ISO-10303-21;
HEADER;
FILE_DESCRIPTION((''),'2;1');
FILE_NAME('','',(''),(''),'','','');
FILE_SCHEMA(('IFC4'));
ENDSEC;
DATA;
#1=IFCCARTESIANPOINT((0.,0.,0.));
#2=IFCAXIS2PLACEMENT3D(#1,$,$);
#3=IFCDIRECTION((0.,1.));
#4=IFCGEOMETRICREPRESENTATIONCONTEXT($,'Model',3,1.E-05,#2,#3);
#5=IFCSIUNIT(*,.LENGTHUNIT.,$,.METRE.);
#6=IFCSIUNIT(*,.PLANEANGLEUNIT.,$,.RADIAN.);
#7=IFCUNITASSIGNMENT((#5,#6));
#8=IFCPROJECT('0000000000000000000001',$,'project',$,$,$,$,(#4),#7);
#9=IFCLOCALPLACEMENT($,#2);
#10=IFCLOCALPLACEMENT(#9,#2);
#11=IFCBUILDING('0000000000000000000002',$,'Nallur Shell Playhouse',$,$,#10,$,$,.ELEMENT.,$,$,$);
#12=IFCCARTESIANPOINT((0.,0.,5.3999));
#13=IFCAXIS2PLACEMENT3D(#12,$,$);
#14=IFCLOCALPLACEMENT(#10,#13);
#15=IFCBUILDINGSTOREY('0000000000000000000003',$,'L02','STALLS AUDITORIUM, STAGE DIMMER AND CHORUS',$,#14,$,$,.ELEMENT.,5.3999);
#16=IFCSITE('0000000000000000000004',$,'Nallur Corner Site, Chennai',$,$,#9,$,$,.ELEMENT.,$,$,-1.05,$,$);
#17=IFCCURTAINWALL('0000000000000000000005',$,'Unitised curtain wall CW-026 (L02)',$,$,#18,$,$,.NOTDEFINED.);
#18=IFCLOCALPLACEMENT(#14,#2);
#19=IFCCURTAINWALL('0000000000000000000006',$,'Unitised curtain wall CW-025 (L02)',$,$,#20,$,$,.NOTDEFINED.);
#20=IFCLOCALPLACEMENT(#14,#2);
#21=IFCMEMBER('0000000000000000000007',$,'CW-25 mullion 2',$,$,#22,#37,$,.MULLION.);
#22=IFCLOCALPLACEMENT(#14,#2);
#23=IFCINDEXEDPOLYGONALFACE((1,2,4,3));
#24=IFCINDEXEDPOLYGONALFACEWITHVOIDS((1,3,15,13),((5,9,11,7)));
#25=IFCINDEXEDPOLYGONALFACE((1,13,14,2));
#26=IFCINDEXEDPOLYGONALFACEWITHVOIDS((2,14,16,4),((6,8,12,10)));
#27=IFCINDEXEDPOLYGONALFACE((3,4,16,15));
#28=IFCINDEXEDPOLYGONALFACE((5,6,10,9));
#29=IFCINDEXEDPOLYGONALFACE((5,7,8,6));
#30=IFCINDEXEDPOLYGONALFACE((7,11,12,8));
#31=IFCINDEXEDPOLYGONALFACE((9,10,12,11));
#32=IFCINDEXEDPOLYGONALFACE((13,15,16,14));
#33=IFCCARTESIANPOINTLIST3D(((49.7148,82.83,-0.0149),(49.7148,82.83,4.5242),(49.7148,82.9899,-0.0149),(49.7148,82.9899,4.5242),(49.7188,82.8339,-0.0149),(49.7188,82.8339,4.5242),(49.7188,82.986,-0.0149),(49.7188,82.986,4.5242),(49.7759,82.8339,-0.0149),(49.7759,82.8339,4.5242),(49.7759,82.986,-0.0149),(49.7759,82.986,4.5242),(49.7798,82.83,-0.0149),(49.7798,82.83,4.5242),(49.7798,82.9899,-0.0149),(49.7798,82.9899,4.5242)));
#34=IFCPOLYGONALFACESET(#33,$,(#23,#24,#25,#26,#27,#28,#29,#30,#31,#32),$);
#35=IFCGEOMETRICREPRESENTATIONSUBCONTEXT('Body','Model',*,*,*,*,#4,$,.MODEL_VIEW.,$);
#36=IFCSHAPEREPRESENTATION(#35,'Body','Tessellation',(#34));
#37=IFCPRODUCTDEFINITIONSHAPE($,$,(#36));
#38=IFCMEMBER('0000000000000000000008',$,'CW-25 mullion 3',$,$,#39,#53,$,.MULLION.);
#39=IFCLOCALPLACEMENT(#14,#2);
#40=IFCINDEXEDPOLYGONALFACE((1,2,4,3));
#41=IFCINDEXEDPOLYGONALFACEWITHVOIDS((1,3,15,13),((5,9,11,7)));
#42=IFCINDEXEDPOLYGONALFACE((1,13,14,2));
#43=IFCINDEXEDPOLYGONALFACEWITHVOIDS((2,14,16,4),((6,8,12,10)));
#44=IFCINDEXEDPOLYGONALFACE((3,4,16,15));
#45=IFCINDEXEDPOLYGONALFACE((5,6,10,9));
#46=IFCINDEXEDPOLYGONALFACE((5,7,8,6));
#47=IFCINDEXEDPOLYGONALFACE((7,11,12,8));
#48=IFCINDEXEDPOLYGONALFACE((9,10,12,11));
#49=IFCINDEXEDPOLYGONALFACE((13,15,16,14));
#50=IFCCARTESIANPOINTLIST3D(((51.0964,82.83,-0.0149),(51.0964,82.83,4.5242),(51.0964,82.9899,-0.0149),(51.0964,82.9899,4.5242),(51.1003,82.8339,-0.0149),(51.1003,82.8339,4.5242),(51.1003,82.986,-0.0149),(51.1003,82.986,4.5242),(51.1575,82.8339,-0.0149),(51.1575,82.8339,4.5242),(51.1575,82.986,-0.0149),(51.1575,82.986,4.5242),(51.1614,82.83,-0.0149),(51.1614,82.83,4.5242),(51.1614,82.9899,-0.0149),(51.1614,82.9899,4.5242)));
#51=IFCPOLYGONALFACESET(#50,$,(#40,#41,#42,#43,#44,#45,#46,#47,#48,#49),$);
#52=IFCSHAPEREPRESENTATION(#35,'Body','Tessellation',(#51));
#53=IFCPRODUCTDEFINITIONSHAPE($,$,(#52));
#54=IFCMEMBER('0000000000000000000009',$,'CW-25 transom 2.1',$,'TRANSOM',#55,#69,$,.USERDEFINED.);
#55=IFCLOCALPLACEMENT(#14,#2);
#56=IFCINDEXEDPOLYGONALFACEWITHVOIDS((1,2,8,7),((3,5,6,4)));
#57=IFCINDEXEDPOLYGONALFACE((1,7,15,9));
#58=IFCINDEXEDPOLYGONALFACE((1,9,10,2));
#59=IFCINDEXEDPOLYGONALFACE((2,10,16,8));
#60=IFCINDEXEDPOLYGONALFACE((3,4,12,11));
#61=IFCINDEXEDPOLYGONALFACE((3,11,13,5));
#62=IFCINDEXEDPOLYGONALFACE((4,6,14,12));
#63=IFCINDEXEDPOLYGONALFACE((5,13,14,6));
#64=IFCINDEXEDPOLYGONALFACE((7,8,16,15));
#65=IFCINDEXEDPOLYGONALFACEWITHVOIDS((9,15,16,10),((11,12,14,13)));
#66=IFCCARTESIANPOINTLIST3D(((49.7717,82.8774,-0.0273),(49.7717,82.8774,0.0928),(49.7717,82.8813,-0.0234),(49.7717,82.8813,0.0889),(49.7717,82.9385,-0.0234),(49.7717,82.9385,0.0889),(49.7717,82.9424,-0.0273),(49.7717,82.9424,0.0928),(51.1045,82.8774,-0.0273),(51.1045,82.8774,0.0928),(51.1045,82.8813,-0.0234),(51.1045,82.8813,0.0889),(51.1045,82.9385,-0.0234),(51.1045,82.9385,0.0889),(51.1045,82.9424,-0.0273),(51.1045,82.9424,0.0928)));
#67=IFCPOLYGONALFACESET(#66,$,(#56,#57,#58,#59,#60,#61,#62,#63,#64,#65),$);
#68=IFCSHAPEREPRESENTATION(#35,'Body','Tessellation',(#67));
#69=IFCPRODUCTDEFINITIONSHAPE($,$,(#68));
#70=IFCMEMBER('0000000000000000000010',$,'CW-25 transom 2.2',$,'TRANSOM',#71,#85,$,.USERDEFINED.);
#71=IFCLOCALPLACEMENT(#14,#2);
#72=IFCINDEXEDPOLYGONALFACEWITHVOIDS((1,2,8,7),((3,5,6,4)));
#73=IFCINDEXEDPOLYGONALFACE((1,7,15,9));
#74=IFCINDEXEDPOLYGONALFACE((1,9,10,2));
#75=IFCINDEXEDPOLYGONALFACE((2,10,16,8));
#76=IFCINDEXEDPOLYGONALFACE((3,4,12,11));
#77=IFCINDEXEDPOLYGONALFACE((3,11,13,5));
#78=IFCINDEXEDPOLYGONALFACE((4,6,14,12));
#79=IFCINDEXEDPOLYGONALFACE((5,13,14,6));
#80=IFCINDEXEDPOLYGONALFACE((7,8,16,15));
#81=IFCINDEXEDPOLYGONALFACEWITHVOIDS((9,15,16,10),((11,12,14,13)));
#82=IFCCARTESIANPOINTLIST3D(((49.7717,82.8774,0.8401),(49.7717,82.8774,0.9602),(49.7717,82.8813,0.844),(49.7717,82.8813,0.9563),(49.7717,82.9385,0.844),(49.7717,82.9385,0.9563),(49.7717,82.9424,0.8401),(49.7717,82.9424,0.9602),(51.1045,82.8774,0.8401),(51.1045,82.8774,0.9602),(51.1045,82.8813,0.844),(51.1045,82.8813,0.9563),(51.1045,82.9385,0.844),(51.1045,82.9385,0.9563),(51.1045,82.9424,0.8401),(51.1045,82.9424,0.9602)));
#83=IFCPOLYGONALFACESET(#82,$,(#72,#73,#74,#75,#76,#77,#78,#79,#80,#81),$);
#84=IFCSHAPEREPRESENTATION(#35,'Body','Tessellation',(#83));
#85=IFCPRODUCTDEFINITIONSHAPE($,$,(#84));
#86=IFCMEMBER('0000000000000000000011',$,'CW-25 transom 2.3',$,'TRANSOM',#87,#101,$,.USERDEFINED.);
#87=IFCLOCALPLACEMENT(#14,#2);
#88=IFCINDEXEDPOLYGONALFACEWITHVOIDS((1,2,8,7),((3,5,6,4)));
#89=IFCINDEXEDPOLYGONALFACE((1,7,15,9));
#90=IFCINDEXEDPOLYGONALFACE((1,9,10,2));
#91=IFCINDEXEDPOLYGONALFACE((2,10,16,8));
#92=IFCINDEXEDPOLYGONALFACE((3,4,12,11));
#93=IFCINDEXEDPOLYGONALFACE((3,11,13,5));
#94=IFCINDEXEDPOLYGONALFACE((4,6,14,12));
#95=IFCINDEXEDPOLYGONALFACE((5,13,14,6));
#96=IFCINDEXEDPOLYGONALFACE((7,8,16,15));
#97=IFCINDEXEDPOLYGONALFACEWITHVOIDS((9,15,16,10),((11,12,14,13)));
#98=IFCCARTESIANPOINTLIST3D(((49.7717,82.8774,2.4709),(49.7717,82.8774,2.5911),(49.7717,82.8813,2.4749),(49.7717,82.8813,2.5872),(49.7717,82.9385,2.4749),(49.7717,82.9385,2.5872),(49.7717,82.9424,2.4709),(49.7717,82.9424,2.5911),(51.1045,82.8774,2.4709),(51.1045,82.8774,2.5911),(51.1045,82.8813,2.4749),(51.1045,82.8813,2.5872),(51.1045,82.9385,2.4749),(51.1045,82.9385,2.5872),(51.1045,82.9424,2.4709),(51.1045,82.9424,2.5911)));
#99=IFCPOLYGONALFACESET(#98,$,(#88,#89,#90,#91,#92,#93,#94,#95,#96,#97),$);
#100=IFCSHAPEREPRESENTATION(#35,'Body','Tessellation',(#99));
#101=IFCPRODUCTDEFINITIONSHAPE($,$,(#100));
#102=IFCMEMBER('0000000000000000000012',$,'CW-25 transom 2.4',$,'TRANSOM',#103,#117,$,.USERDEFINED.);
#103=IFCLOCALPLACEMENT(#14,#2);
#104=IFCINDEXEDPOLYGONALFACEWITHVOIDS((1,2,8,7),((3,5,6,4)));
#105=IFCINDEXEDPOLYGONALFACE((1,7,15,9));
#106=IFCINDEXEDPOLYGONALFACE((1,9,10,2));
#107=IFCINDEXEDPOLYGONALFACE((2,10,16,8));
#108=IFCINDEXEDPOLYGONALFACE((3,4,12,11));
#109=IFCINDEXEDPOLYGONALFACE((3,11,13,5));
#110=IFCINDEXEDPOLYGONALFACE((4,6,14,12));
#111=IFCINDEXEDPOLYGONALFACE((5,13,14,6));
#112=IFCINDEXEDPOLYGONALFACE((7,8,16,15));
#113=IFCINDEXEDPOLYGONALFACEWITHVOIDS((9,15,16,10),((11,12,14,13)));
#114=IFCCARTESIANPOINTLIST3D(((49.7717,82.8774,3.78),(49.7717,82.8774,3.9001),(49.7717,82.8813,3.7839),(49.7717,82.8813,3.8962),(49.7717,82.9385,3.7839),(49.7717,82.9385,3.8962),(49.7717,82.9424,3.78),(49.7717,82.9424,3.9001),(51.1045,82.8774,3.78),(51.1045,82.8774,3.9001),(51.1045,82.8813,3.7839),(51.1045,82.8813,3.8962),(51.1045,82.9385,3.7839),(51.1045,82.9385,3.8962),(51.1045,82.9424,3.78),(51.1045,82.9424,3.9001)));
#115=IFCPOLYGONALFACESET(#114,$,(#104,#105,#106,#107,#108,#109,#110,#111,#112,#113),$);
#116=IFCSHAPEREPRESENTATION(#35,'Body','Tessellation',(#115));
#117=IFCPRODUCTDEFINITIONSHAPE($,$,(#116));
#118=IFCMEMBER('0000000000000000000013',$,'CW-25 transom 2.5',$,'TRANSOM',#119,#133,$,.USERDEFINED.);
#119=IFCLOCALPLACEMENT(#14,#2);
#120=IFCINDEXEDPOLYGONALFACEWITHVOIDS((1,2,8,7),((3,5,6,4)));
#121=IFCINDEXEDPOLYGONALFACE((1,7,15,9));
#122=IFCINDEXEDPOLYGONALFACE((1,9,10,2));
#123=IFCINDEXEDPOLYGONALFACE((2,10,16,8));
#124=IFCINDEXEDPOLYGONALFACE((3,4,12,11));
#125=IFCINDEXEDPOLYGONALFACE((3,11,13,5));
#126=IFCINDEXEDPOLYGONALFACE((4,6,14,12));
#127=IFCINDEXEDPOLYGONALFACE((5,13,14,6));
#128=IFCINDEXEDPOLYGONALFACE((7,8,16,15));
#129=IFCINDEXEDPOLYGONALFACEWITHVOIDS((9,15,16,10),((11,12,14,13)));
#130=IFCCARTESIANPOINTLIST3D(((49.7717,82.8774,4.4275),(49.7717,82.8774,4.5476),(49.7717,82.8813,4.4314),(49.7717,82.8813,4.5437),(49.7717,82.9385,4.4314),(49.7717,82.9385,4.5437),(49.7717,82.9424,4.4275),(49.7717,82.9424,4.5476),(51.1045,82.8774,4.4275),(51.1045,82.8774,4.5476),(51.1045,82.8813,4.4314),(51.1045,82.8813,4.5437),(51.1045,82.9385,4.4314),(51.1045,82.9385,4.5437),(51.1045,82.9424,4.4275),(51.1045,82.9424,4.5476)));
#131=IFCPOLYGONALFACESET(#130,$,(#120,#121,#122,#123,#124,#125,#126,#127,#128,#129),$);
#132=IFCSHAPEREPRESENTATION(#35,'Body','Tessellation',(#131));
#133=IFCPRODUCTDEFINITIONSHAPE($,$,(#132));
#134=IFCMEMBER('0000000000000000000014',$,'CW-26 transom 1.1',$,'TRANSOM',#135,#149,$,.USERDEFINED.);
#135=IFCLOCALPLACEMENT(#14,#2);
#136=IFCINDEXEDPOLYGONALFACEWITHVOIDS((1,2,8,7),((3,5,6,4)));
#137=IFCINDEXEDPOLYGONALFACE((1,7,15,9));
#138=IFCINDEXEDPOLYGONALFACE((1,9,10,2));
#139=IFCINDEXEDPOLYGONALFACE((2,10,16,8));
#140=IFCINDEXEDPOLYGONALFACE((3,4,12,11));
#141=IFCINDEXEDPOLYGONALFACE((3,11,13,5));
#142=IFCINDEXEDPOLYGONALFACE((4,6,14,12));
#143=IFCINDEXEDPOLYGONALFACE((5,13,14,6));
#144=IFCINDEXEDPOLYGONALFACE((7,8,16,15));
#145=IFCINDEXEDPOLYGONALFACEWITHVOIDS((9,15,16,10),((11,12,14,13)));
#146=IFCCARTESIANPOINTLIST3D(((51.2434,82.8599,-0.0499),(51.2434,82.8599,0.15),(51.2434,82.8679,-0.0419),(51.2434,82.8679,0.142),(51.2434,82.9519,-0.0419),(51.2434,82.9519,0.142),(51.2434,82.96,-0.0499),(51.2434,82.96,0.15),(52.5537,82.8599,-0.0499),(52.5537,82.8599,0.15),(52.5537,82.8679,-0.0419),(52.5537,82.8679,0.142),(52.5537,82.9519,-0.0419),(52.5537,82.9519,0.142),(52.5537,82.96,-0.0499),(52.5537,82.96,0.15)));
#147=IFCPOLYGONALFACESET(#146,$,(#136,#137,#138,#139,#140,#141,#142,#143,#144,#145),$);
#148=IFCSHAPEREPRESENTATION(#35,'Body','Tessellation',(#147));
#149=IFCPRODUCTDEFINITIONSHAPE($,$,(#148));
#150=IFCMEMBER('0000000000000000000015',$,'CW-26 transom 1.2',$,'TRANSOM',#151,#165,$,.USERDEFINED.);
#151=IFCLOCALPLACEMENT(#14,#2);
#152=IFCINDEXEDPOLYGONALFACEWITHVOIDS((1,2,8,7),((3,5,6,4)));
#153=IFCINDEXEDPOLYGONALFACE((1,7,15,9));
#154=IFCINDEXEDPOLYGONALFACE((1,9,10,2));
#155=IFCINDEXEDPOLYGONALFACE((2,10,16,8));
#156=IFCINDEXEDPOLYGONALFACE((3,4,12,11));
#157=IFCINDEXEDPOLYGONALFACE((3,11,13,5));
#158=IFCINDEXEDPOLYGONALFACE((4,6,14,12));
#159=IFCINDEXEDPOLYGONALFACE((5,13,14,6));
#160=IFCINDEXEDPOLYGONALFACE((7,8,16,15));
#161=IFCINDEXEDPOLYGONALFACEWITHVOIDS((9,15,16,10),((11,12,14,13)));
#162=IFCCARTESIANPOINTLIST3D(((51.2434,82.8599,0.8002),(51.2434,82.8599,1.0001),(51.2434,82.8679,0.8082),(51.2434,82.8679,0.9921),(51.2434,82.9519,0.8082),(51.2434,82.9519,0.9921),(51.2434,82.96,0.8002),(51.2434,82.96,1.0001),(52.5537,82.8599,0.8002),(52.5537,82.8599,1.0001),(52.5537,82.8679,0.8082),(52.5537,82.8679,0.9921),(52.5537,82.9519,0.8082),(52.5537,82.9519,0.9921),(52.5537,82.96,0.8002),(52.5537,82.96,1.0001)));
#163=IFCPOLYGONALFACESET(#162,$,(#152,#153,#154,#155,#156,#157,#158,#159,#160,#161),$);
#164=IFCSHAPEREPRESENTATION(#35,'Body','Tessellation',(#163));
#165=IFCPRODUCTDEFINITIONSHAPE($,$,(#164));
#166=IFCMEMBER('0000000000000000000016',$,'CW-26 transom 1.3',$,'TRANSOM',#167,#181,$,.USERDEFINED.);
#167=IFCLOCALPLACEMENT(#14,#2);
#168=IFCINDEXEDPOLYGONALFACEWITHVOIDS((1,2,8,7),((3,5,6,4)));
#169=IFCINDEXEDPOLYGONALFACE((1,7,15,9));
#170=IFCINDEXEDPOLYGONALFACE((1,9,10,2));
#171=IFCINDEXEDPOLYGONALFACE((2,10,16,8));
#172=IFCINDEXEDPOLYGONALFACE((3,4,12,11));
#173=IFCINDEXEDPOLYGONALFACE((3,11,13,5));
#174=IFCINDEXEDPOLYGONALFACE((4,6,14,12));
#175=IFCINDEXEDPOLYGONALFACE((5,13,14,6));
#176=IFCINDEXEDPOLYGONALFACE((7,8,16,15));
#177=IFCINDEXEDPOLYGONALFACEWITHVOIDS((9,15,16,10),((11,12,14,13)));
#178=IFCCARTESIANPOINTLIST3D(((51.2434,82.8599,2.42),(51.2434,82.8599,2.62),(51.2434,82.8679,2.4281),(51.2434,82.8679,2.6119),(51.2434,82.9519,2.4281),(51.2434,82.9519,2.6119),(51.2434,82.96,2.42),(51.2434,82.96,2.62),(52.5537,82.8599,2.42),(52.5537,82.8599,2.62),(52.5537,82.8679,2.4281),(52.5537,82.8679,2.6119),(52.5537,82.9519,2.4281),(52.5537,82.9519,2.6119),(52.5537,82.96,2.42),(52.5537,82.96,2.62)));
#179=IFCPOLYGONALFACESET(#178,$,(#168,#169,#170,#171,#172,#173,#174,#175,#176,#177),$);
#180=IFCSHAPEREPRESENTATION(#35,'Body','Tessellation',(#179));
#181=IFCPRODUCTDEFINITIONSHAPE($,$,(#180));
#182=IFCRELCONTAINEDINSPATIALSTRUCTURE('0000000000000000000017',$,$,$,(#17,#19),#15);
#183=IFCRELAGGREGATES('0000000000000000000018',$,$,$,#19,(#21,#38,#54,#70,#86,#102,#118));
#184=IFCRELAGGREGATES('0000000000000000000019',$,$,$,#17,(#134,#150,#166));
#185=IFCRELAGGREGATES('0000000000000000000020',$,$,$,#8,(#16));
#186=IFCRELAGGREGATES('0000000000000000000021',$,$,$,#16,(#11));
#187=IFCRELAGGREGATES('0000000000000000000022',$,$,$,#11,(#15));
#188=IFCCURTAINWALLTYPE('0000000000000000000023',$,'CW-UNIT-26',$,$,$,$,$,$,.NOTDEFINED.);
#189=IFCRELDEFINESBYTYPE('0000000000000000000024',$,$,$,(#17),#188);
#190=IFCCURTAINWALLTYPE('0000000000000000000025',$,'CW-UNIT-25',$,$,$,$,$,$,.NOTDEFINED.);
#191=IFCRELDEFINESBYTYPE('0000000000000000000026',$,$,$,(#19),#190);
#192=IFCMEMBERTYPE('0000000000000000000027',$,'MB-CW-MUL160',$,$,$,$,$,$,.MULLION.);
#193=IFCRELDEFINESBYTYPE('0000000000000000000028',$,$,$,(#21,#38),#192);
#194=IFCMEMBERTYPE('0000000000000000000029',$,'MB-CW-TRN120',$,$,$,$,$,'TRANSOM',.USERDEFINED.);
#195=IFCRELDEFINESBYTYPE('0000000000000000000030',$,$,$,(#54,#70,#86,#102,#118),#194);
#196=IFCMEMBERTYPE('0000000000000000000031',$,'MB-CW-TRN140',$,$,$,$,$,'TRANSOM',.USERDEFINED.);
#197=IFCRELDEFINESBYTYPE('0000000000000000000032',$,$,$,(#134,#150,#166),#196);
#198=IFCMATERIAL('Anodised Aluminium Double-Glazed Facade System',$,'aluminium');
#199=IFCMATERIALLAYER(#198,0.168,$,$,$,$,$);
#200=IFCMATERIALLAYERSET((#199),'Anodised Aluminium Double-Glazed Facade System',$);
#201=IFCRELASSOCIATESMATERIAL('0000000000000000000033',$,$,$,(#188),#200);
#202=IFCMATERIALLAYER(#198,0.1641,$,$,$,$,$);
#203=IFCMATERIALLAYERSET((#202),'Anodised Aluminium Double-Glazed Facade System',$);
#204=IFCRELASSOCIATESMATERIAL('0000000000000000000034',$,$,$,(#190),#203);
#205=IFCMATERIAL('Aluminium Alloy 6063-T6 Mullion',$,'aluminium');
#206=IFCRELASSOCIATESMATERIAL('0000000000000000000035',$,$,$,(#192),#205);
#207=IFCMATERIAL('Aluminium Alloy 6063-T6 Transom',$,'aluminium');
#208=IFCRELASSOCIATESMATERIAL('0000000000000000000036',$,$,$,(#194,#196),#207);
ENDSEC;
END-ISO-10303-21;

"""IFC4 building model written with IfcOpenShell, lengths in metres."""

from ifc_helpers import new_model, si_unit, direction, frame, origin, origin_2d, place, context, subcontext, project, spatial, hollow_rectangle, extrude, material, layer, layer_set, material_profile, profile_set, type_object, element, aggregate, save


model = new_model("IFC4")

# Units and contexts
model_context = context("Model", 3, precision=1e-05, world=origin(), true_north=direction((0.0, 1.0)))
body_context = subcontext(model_context, "Body", "Model", "MODEL_VIEW")
ifc_project = project(units=[si_unit("LENGTHUNIT", "METRE"), si_unit("PLANEANGLEUNIT", "RADIAN")], contexts=[model_context])

# Site, building, storey
site_placement = place(None, origin())
site = spatial("IfcSite", under=ifc_project, at=site_placement, Name="Nallur Corner Site, Chennai", CompositionType="ELEMENT", RefElevation=-1.05)
building_placement = place(site_placement, origin())
building = spatial("IfcBuilding", under=site, at=building_placement, Name="Nallur Shell Playhouse", CompositionType="ELEMENT")
storey_placement = place(building_placement, frame((0.0, 0.0, 5.3999)))
storey = spatial("IfcBuildingStorey", under=building, at=storey_placement, Name="L02", Description="STALLS AUDITORIUM, STAGE DIMMER AND CHORUS", CompositionType="ELEMENT", Elevation=5.3999)

# Curtain walls, members
ifc_material_1 = material(Name="Anodised Aluminium Double-Glazed Facade System", Category="aluminium")
ifc_layer_1 = layer(ifc_material_1, 0.168)
ifc_layer_set_1 = layer_set([ifc_layer_1], Name="Anodised Aluminium Double-Glazed Facade System")
curtain_wall_type_1 = type_object("IfcCurtainWallType", Name="CW-UNIT-26", PredefinedType="NOTDEFINED", material=ifc_layer_set_1)
curtain_wall_1_placement = place(storey_placement, origin())
curtain_wall_1 = element("IfcCurtainWall", 1, at=curtain_wall_1_placement, inside=storey, type_object=curtain_wall_type_1, Name="Unitised curtain wall CW-026 (L02)", PredefinedType="NOTDEFINED")
ifc_material_2 = material(Name="Aluminium Alloy 6063-T6 Mullion", Category="aluminium")
ifc_layer_2 = layer(ifc_material_1, 0.1641)
ifc_layer_set_2 = layer_set([ifc_layer_2], Name="Anodised Aluminium Double-Glazed Facade System")
curtain_wall_type_2 = type_object("IfcCurtainWallType", Name="CW-UNIT-25", PredefinedType="NOTDEFINED", material=ifc_layer_set_2)
curtain_wall_2_placement = place(storey_placement, origin())
curtain_wall_2 = element("IfcCurtainWall", 2, at=curtain_wall_2_placement, inside=storey, type_object=curtain_wall_type_2, Name="Unitised curtain wall CW-025 (L02)", PredefinedType="NOTDEFINED")
ifc_material_profile_1 = material_profile(ifc_material_2, hollow_rectangle(XDim=0.0649, YDim=0.1599, WallThickness=0.0039, at=origin_2d()), Name="ALU 65x160x4")
ifc_profile_set_1 = profile_set([ifc_material_profile_1], Name="Aluminium Alloy 6063-T6 Mullion")
member_type_1 = type_object("IfcMemberType", Name="MB-CW-MUL160", PredefinedType="MULLION", material=ifc_profile_set_1)
member_1_placement = place(storey_placement, frame((49.7473, 82.9099, -0.0149), z_axis=(0.0, 0.0, 1.0), x_axis=(1.0, 0.0, 0.0)))
member_1 = element("IfcMember", 3, at=member_1_placement, type_object=member_type_1, Name="CW-25 mullion 2", PredefinedType="MULLION", context=body_context, shape_type="SweptSolid", body=[
    extrude(hollow_rectangle(XDim=0.0649, YDim=0.1599, WallThickness=0.0039, at=origin_2d()), origin(), (0.0, 0.0, 1.0), 4.5391),
])
member_2_placement = place(storey_placement, frame((51.1289, 82.9099, -0.0149), z_axis=(0.0, 0.0, 1.0), x_axis=(1.0, 0.0, 0.0)))
member_2 = element("IfcMember", 4, at=member_2_placement, type_object=member_type_1, Name="CW-25 mullion 3", PredefinedType="MULLION", context=body_context, shape_type="SweptSolid", body=[
    extrude(hollow_rectangle(XDim=0.0649, YDim=0.1599, WallThickness=0.0039, at=origin_2d()), origin(), (0.0, 0.0, 1.0), 4.5391),
])
ifc_material_3 = material(Name="Aluminium Alloy 6063-T6 Transom", Category="aluminium")
ifc_material_profile_2 = material_profile(ifc_material_3, hollow_rectangle(XDim=0.0649, YDim=0.1201, WallThickness=0.0039, at=origin_2d()), Name="ALU 65x120x4")
ifc_profile_set_2 = profile_set([ifc_material_profile_2], Name="Aluminium Alloy 6063-T6 Transom")
member_type_2 = type_object("IfcMemberType", Name="MB-CW-TRN120", ElementType="TRANSOM", PredefinedType="USERDEFINED", material=ifc_profile_set_2)
member_3_placement = place(storey_placement, frame((49.7717, 82.9099, 0.0327), z_axis=(1.0, 0.0, 0.0), x_axis=(0.0, 1.0, 0.0)))
member_3 = element("IfcMember", 5, at=member_3_placement, type_object=member_type_2, Name="CW-25 transom 2.1", ObjectType="TRANSOM", PredefinedType="USERDEFINED", context=body_context, shape_type="SweptSolid", body=[
    extrude(hollow_rectangle(XDim=0.0649, YDim=0.1201, WallThickness=0.0039, at=origin_2d()), origin(), (0.0, 0.0, 1.0), 1.3328),
])
member_4_placement = place(storey_placement, frame((49.7717, 82.9099, 0.9001), z_axis=(1.0, 0.0, 0.0), x_axis=(0.0, 1.0, 0.0)))
member_4 = element("IfcMember", 6, at=member_4_placement, type_object=member_type_2, Name="CW-25 transom 2.2", ObjectType="TRANSOM", PredefinedType="USERDEFINED", context=body_context, shape_type="SweptSolid", body=[
    extrude(hollow_rectangle(XDim=0.0649, YDim=0.1201, WallThickness=0.0039, at=origin_2d()), origin(), (0.0, 0.0, 1.0), 1.3328),
])
member_5_placement = place(storey_placement, frame((49.7717, 82.9099, 2.531), z_axis=(1.0, 0.0, 0.0), x_axis=(0.0, 1.0, 0.0)))
member_5 = element("IfcMember", 7, at=member_5_placement, type_object=member_type_2, Name="CW-25 transom 2.3", ObjectType="TRANSOM", PredefinedType="USERDEFINED", context=body_context, shape_type="SweptSolid", body=[
    extrude(hollow_rectangle(XDim=0.0649, YDim=0.1201, WallThickness=0.0039, at=origin_2d()), origin(), (0.0, 0.0, 1.0), 1.3328),
])
member_6_placement = place(storey_placement, frame((49.7717, 82.9099, 3.8401), z_axis=(1.0, 0.0, 0.0), x_axis=(0.0, 1.0, 0.0)))
member_6 = element("IfcMember", 8, at=member_6_placement, type_object=member_type_2, Name="CW-25 transom 2.4", ObjectType="TRANSOM", PredefinedType="USERDEFINED", context=body_context, shape_type="SweptSolid", body=[
    extrude(hollow_rectangle(XDim=0.0649, YDim=0.1201, WallThickness=0.0039, at=origin_2d()), origin(), (0.0, 0.0, 1.0), 1.3328),
])
member_7_placement = place(storey_placement, frame((49.7717, 82.9099, 4.4875), z_axis=(1.0, 0.0, 0.0), x_axis=(0.0, 1.0, 0.0)))
member_7 = element("IfcMember", 9, at=member_7_placement, type_object=member_type_2, Name="CW-25 transom 2.5", ObjectType="TRANSOM", PredefinedType="USERDEFINED", context=body_context, shape_type="SweptSolid", body=[
    extrude(hollow_rectangle(XDim=0.0649, YDim=0.1201, WallThickness=0.0039, at=origin_2d()), origin(), (0.0, 0.0, 1.0), 1.3328),
])

# Members
ifc_material_profile_3 = material_profile(ifc_material_3, hollow_rectangle(XDim=0.1001, YDim=0.2, WallThickness=0.0081, at=origin_2d()), Name="RHS 200x100x8")
ifc_profile_set_3 = profile_set([ifc_material_profile_3], Name="Aluminium Alloy 6063-T6 Transom")
member_type_3 = type_object("IfcMemberType", Name="MB-CW-TRN140", ElementType="TRANSOM", PredefinedType="USERDEFINED", material=ifc_profile_set_3)
member_8_placement = place(storey_placement, frame((51.2434, 82.9099, 0.05), z_axis=(1.0, 0.0, 0.0), x_axis=(0.0, 1.0, 0.0)))
member_8 = element("IfcMember", 10, at=member_8_placement, type_object=member_type_3, Name="CW-26 transom 1.1", ObjectType="TRANSOM", PredefinedType="USERDEFINED", context=body_context, shape_type="SweptSolid", body=[
    extrude(hollow_rectangle(XDim=0.1001, YDim=0.2, WallThickness=0.0081, at=origin_2d()), origin(), (0.0, 0.0, 1.0), 1.3103),
])
member_9_placement = place(storey_placement, frame((51.2434, 82.9099, 0.9001), z_axis=(1.0, 0.0, 0.0), x_axis=(0.0, 1.0, 0.0)))
member_9 = element("IfcMember", 11, at=member_9_placement, type_object=member_type_3, Name="CW-26 transom 1.2", ObjectType="TRANSOM", PredefinedType="USERDEFINED", context=body_context, shape_type="SweptSolid", body=[
    extrude(hollow_rectangle(XDim=0.1001, YDim=0.2, WallThickness=0.0081, at=origin_2d()), origin(), (0.0, 0.0, 1.0), 1.3103),
])
member_10_placement = place(storey_placement, frame((51.2434, 82.9099, 2.52), z_axis=(1.0, 0.0, 0.0), x_axis=(0.0, 1.0, 0.0)))
member_10 = element("IfcMember", 12, at=member_10_placement, type_object=member_type_3, Name="CW-26 transom 1.3", ObjectType="TRANSOM", PredefinedType="USERDEFINED", context=body_context, shape_type="SweptSolid", body=[
    extrude(hollow_rectangle(XDim=0.1001, YDim=0.2, WallThickness=0.0081, at=origin_2d()), origin(), (0.0, 0.0, 1.0), 1.3103),
])

aggregate(curtain_wall_2, [member_1, member_2, member_3, member_4, member_5, member_6, member_7])
aggregate(curtain_wall_1, [member_8, member_9, member_10])

save(model, "model.ifc")
